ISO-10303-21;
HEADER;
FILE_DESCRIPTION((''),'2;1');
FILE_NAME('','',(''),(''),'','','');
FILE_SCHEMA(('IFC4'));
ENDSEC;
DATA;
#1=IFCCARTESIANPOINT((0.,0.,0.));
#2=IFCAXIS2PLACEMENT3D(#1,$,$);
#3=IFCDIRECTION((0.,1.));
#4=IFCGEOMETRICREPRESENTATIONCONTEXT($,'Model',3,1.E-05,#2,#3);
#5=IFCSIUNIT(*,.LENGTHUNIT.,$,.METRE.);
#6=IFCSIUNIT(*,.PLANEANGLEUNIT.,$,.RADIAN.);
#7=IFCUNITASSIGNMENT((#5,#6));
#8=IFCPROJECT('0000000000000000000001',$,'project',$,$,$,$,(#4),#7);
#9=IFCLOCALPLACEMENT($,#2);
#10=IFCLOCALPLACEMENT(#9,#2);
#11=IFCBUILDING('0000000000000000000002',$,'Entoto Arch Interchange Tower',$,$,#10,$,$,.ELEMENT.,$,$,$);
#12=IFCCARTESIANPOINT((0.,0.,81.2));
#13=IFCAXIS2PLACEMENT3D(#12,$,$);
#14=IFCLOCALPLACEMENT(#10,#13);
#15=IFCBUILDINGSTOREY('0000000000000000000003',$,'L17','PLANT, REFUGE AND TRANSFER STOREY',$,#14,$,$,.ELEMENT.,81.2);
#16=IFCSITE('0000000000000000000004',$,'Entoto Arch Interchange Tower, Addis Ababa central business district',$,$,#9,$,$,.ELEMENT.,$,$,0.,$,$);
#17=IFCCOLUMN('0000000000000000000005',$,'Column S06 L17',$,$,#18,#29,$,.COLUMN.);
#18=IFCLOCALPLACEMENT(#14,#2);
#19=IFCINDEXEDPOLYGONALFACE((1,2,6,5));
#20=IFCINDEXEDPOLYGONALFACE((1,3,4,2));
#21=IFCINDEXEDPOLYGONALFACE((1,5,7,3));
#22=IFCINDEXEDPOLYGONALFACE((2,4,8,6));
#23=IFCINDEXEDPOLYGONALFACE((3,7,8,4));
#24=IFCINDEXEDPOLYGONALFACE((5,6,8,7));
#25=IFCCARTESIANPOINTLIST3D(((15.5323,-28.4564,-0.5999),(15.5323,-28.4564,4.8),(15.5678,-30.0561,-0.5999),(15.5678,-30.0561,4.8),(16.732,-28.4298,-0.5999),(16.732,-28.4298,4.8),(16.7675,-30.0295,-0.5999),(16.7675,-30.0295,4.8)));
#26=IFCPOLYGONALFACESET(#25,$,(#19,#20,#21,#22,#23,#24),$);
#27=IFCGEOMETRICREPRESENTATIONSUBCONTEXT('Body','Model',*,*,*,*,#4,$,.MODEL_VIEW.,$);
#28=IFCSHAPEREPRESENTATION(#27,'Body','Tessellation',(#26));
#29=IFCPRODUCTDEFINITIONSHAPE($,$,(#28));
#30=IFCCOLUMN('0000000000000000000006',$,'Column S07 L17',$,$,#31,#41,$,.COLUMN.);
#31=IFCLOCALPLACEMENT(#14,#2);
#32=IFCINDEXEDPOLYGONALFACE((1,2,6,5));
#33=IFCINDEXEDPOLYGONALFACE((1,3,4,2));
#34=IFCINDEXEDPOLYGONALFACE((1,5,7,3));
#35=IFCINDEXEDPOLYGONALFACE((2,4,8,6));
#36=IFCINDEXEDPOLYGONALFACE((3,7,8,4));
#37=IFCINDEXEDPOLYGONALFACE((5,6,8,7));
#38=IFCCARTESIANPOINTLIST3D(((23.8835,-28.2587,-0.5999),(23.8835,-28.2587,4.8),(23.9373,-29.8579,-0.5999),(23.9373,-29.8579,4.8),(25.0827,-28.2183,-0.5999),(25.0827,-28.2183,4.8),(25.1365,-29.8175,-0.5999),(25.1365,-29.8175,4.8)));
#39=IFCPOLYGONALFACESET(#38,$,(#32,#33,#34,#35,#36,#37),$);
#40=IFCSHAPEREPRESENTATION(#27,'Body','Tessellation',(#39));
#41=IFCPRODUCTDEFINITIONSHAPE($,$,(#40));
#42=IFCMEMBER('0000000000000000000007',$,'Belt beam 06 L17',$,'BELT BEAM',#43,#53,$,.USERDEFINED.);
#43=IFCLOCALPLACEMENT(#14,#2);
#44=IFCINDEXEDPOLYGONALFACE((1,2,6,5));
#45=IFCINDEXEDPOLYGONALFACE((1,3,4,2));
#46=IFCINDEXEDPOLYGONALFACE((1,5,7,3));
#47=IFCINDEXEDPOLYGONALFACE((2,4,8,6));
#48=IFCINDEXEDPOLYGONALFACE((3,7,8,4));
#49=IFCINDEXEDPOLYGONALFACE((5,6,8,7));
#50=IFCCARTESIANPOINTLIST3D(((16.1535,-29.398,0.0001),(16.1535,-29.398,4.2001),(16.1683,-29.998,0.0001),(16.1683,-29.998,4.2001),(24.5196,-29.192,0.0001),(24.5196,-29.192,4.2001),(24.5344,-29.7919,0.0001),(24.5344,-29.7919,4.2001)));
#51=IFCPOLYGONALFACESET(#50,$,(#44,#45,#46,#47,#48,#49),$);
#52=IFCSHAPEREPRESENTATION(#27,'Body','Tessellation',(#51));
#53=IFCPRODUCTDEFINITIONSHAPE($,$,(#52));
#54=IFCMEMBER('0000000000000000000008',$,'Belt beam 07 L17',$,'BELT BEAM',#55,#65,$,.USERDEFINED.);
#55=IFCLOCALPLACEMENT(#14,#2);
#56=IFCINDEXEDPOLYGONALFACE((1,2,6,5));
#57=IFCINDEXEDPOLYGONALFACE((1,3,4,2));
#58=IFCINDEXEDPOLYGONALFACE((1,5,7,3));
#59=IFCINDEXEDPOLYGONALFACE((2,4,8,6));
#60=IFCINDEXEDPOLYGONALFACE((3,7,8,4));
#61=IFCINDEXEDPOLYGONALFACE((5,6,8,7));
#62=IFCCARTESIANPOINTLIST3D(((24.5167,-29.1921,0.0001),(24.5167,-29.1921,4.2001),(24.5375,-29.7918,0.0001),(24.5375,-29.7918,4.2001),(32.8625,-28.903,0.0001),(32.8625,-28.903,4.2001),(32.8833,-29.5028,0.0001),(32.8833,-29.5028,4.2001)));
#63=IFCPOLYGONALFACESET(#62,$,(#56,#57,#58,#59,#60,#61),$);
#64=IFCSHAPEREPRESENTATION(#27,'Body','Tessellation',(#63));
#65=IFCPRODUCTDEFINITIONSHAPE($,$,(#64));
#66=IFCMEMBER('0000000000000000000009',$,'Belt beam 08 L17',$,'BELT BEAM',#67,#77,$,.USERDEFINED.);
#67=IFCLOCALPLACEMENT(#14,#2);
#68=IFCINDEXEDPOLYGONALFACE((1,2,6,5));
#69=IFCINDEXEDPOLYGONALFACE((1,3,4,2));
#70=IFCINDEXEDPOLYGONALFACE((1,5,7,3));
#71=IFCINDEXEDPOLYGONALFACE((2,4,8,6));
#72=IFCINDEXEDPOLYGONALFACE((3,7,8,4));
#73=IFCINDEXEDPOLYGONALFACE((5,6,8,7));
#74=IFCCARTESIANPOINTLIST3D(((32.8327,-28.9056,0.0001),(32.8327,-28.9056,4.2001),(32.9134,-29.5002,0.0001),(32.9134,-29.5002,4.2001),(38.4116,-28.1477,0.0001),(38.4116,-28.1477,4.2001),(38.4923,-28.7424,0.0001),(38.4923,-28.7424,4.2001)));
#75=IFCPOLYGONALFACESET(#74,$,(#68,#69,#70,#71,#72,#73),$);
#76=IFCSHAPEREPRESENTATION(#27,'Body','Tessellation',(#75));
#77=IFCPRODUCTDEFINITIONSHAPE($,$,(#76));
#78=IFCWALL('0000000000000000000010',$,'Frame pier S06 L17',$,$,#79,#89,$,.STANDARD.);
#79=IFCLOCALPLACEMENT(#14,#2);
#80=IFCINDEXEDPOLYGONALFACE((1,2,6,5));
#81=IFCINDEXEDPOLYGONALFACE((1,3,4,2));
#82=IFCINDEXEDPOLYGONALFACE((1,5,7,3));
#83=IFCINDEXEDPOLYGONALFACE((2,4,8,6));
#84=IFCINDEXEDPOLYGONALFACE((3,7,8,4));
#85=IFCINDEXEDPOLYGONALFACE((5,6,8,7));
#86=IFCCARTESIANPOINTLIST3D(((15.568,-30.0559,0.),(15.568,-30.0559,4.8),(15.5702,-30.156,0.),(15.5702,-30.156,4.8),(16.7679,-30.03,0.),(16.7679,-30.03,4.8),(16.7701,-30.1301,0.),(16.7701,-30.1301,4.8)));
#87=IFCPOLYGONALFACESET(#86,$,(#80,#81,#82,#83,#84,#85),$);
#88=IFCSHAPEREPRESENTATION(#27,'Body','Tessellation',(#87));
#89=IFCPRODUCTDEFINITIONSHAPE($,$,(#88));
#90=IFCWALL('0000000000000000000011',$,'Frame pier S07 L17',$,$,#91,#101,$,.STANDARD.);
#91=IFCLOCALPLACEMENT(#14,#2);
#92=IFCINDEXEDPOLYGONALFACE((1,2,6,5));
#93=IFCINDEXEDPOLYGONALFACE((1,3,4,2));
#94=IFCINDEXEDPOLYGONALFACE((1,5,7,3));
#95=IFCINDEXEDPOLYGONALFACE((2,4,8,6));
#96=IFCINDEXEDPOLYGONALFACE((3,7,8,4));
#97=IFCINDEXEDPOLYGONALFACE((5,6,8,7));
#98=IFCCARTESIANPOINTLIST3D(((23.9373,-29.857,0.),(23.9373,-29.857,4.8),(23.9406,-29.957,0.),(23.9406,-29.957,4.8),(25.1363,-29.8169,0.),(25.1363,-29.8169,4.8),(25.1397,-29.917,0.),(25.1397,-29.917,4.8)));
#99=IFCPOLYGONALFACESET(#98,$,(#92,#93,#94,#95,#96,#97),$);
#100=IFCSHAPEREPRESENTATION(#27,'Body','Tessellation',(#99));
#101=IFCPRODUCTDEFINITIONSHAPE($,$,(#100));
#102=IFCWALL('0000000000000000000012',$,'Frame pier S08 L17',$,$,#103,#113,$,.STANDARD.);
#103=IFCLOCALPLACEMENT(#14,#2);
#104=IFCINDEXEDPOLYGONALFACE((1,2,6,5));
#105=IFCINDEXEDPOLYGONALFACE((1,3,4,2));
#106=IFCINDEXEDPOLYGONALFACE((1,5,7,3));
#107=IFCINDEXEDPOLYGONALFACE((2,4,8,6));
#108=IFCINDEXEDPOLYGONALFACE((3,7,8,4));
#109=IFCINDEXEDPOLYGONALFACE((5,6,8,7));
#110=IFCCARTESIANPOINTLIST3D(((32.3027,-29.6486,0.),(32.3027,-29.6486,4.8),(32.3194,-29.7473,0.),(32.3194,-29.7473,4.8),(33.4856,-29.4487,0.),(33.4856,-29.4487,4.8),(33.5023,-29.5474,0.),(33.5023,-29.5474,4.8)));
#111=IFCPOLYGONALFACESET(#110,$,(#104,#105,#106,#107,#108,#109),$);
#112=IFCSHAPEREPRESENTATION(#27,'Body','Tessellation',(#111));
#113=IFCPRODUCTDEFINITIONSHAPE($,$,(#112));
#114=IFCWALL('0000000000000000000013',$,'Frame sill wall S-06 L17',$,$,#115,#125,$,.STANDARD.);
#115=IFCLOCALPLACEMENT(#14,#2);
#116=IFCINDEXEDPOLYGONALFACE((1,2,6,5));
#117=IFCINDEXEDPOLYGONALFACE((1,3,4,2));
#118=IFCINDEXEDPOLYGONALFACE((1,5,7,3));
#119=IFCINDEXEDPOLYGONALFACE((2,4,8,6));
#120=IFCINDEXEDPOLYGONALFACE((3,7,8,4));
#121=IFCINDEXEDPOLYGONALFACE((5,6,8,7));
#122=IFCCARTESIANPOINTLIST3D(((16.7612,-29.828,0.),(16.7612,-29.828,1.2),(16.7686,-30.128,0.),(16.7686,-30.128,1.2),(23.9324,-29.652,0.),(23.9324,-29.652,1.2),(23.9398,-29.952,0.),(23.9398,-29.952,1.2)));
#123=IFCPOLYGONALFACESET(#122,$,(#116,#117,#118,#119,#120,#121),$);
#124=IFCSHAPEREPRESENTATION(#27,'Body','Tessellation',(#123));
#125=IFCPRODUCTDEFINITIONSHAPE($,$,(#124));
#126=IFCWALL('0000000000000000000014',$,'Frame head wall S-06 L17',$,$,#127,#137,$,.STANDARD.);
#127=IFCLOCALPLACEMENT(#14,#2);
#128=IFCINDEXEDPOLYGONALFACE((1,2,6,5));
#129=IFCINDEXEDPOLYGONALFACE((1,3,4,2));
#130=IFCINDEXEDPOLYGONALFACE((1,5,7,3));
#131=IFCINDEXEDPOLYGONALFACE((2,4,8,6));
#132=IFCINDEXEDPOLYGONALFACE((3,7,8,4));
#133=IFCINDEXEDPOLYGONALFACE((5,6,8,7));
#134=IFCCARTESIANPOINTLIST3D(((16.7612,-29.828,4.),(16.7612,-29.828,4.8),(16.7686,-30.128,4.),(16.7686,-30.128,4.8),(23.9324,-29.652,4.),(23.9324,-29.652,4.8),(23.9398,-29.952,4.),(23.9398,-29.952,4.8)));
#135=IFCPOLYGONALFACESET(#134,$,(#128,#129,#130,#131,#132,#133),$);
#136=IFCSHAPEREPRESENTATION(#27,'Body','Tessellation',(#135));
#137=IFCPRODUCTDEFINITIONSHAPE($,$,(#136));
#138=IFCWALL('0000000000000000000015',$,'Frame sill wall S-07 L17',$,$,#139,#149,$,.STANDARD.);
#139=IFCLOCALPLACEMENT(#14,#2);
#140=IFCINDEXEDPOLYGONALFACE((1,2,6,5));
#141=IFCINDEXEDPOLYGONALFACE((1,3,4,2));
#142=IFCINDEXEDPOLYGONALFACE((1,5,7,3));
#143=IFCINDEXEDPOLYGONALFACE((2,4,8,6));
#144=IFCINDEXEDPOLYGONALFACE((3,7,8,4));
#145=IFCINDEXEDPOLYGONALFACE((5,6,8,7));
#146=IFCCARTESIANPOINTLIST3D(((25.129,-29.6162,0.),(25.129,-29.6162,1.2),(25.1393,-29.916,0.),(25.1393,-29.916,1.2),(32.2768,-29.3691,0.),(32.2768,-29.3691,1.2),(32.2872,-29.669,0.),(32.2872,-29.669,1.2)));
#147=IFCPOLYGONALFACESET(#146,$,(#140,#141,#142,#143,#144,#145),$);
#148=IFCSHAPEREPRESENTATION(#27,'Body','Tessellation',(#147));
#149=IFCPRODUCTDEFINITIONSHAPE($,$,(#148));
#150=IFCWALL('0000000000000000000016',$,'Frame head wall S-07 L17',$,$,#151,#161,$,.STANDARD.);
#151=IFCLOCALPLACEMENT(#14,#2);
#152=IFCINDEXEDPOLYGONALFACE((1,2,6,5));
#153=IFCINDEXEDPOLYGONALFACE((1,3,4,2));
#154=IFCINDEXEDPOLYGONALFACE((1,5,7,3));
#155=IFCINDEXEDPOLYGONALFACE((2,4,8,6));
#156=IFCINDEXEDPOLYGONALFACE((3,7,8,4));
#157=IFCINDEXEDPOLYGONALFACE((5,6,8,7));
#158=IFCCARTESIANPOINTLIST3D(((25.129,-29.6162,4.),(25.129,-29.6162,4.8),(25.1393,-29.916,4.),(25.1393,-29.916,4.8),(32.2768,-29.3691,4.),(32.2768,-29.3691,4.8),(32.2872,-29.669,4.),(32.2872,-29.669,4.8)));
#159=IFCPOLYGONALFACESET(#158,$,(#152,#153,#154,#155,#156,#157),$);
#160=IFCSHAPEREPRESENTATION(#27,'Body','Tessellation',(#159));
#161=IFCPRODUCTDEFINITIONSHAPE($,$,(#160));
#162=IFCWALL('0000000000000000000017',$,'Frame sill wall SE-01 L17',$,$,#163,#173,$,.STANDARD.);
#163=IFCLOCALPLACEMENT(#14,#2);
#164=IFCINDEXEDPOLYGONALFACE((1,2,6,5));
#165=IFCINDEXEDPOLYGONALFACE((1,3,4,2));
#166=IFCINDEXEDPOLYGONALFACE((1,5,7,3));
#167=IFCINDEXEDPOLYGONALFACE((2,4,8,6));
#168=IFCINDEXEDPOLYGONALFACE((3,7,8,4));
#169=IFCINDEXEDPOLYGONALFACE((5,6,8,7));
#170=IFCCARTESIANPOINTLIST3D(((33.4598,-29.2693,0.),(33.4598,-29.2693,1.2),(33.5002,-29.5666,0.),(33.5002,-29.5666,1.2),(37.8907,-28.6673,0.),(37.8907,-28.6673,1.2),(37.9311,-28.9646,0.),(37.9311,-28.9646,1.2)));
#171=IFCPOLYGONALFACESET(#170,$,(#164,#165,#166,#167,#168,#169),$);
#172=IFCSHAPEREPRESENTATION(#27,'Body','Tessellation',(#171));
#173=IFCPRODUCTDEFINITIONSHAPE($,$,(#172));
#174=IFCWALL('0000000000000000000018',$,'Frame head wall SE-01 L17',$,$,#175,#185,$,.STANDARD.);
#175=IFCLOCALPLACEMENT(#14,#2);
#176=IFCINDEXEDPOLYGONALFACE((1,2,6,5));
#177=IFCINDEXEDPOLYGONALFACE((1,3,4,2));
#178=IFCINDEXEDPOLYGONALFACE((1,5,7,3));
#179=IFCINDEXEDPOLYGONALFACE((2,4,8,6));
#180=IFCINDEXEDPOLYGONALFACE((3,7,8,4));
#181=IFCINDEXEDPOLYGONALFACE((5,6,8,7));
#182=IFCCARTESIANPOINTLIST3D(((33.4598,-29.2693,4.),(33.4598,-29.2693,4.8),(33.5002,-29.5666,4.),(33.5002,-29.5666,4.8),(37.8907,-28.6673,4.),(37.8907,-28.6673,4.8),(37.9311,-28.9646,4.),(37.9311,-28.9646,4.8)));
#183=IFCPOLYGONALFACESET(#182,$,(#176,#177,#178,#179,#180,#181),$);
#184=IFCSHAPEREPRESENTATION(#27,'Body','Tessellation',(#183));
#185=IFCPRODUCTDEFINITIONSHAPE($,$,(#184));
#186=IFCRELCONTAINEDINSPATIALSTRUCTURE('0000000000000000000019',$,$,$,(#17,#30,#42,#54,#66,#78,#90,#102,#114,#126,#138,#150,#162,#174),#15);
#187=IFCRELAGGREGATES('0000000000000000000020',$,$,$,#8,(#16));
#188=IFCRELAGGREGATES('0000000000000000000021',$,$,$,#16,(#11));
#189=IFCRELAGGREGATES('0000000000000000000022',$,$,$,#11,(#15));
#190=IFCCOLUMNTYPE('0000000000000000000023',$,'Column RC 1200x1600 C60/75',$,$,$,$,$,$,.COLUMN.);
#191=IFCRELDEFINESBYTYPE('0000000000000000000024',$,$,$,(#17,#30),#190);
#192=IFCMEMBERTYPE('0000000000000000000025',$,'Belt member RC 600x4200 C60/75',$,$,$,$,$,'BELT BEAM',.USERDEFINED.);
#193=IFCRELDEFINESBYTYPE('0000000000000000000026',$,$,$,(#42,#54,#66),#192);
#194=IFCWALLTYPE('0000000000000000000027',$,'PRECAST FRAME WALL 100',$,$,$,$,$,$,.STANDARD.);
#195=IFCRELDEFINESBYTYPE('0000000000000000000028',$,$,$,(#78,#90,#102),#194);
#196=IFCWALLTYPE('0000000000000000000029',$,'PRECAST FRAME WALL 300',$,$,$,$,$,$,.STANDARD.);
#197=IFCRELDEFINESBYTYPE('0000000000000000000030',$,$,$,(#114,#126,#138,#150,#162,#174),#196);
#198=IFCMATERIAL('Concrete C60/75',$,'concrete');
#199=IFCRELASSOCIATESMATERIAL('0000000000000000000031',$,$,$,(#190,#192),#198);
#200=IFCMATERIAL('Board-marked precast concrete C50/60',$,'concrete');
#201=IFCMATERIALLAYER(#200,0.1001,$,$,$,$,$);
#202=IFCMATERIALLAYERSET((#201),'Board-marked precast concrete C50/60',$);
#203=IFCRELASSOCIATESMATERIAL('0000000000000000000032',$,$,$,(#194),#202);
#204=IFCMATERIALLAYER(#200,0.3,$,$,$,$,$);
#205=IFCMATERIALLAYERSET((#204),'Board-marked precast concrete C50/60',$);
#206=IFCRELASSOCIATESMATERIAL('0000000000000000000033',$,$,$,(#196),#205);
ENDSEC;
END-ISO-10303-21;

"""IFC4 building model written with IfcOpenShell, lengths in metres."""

from ifc_helpers import new_model, si_unit, direction, frame, frame_2d, origin, origin_2d, place, context, subcontext, project, spatial, rectangle, extrude, material, layer, layer_set, material_profile, profile_set, type_object, element, save


model = new_model("IFC4")

# Units and contexts
model_context = context("Model", 3, precision=1e-05, world=origin(), true_north=direction((0.0, 1.0)))
body_context = subcontext(model_context, "Body", "Model", "MODEL_VIEW")
ifc_project = project(units=[si_unit("LENGTHUNIT", "METRE"), si_unit("PLANEANGLEUNIT", "RADIAN")], contexts=[model_context])

# Site, building, storey
site_placement = place(None, origin())
site = spatial("IfcSite", under=ifc_project, at=site_placement, Name="Entoto Arch Interchange Tower, Addis Ababa central business district", CompositionType="ELEMENT", RefElevation=0.0)
building_placement = place(site_placement, origin())
building = spatial("IfcBuilding", under=site, at=building_placement, Name="Entoto Arch Interchange Tower", CompositionType="ELEMENT")
storey_placement = place(building_placement, frame((0.0, 0.0, 81.2)))
storey = spatial("IfcBuildingStorey", under=building, at=storey_placement, Name="L17", Description="PLANT, REFUGE AND TRANSFER STOREY", CompositionType="ELEMENT", Elevation=81.2)

# Columns
ifc_material_1 = material(Name="Concrete C60/75", Category="concrete")
ifc_material_profile_1 = material_profile(ifc_material_1, rectangle(XDim=1.2, YDim=1.6001, at=origin_2d()))
ifc_profile_set_1 = profile_set([ifc_material_profile_1], Name="Concrete C60/75")
column_type = type_object("IfcColumnType", Name="Column RC 1200x1600 C60/75", PredefinedType="COLUMN", material=ifc_profile_set_1)
for number, where, z_axis, x_axis, name in (
    (1, (16.1499, -29.2429, -0.5999), (0.0, 0.0, 1.0), (0.999754, 0.022164, 0.0), "Column S06 L17"),
    (2, (24.51, -29.0381, -0.5999), (0.0, 0.0, 1.0), (0.999434, 0.033626, 0.0), "Column S07 L17"),
):
    element("IfcColumn", number, at=place(storey_placement, frame(where, z_axis=z_axis, x_axis=x_axis)), inside=storey, type_object=column_type, Name=name, PredefinedType="COLUMN", context=body_context, shape_type="SweptSolid", body=[
        extrude(rectangle(XDim=1.2, YDim=1.6001, at=origin_2d()), origin(), (0.0, 0.0, 1.0), 5.3999),
    ])

# Members
ifc_material_profile_2 = material_profile(ifc_material_1, rectangle(XDim=0.6001, YDim=4.2, at=origin_2d()))
ifc_profile_set_2 = profile_set([ifc_material_profile_2], Name="Concrete C60/75")
member_type = type_object("IfcMemberType", Name="Belt member RC 600x4200 C60/75", ElementType="BELT BEAM", PredefinedType="USERDEFINED", material=ifc_profile_set_2)
member_1_placement = place(storey_placement, frame((16.1609, -29.698, 2.1001), z_axis=(0.999697, 0.024622, 0.0), x_axis=(-0.024622, 0.999697, 0.0)))
element("IfcMember", 3, at=member_1_placement, inside=storey, type_object=member_type, Name="Belt beam 06 L17", ObjectType="BELT BEAM", PredefinedType="USERDEFINED", context=body_context, shape_type="SweptSolid", body=[
    extrude(rectangle(XDim=0.6001, YDim=4.2, at=origin_2d()), origin(), (0.0, 0.0, 1.0), 8.3687),
])
member_2_placement = place(storey_placement, frame((24.5271, -29.4919, 2.1001), z_axis=(0.999401, 0.034614, 0.0), x_axis=(-0.034614, 0.999401, 0.0)))
element("IfcMember", 4, at=member_2_placement, inside=storey, type_object=member_type, Name="Belt beam 07 L17", ObjectType="BELT BEAM", PredefinedType="USERDEFINED", context=body_context, shape_type="SweptSolid", body=[
    extrude(rectangle(XDim=0.6001, YDim=4.2, at=origin_2d()), origin(), (0.0, 0.0, 1.0), 8.3508),
])
member_3_placement = place(storey_placement, frame((32.873, -29.2029, 2.1001), z_axis=(0.9909, 0.1346, 0.0), x_axis=(-0.1346, 0.9909, 0.0)))
element("IfcMember", 5, at=member_3_placement, inside=storey, type_object=member_type, Name="Belt beam 08 L17", ObjectType="BELT BEAM", PredefinedType="USERDEFINED", context=body_context, shape_type="SweptSolid", body=[
    extrude(rectangle(XDim=0.6001, YDim=4.2, at=origin_2d()), origin(), (0.0, 0.0, 1.0), 5.6301),
])

# Walls
ifc_material_2 = material(Name="Board-marked precast concrete C50/60", Category="concrete")
ifc_layer_1 = layer(ifc_material_2, 0.1001)
ifc_layer_set_1 = layer_set([ifc_layer_1], Name="Board-marked precast concrete C50/60")
wall_type_1 = type_object("IfcWallType", Name="PRECAST FRAME WALL 100", PredefinedType="STANDARD", material=ifc_layer_set_1)
wall_1_placement = place(storey_placement, frame((15.5691, -30.106, 0.0), z_axis=(0.0, 0.0, 1.0), x_axis=(0.999768, 0.021562, 0.0)))
element("IfcWall", 6, at=wall_1_placement, inside=storey, type_object=wall_type_1, Name="Frame pier S06 L17", PredefinedType="STANDARD", context=body_context, shape_type="SweptSolid", body=[
    extrude(rectangle(XDim=1.2002, YDim=0.1001, at=frame_2d((0.6001, 0.0))), origin(), (0.0, 0.0, 1.0), 4.8),
])
for number, where, z_axis, x_axis, name in (
    (7, (23.939, -29.907, 0.0), (0.0, 0.0, 1.0), (0.999443, 0.033376, 0.0), "Frame pier S07 L17"),
    (8, (32.311, -29.698, 0.0), (0.0, 0.0, 1.0), (0.986012, 0.166676, 0.0), "Frame pier S08 L17"),
):
    element("IfcWall", number, at=place(storey_placement, frame(where, z_axis=z_axis, x_axis=x_axis)), inside=storey, type_object=wall_type_1, Name=name, PredefinedType="STANDARD", context=body_context, shape_type="SweptSolid", body=[
        extrude(rectangle(XDim=1.1997, YDim=0.1001, at=frame_2d((0.5999, 0.0))), origin(), (0.0, 0.0, 1.0), 4.8),
    ])
ifc_layer_2 = layer(ifc_material_2, 0.3)
ifc_layer_set_2 = layer_set([ifc_layer_2], Name="Board-marked precast concrete C50/60")
wall_type_2 = type_object("IfcWallType", Name="PRECAST FRAME WALL 300", PredefinedType="STANDARD", material=ifc_layer_set_2)
wall_2_placement = place(storey_placement, frame((16.7649, -29.978, 0.0), z_axis=(0.0, 0.0, 1.0), x_axis=(0.999699, 0.024539, 0.0)))
element("IfcWall", 9, at=wall_2_placement, inside=storey, type_object=wall_type_2, Name="Frame sill wall S-06 L17", PredefinedType="STANDARD", context=body_context, shape_type="SweptSolid", body=[
    extrude(rectangle(XDim=7.1733, YDim=0.3, at=frame_2d((3.5867, 0.0))), origin(), (0.0, 0.0, 1.0), 1.2),
])
wall_3_placement = place(storey_placement, frame((16.7649, -29.978, 4.0), z_axis=(0.0, 0.0, 1.0), x_axis=(0.999699, 0.024539, 0.0)))
element("IfcWall", 10, at=wall_3_placement, inside=storey, type_object=wall_type_2, Name="Frame head wall S-06 L17", PredefinedType="STANDARD", context=body_context, shape_type="SweptSolid", body=[
    extrude(rectangle(XDim=7.1733, YDim=0.3, at=frame_2d((3.5867, 0.0))), origin(), (0.0, 0.0, 1.0), 0.8),
])
wall_4_placement = place(storey_placement, frame((25.134, -29.7661, 0.0), z_axis=(0.0, 0.0, 1.0), x_axis=(0.999403, 0.034545, 0.0)))
element("IfcWall", 11, at=wall_4_placement, inside=storey, type_object=wall_type_2, Name="Frame sill wall S-07 L17", PredefinedType="STANDARD", context=body_context, shape_type="SweptSolid", body=[
    extrude(rectangle(XDim=7.1521, YDim=0.3, at=frame_2d((3.5762, 0.0))), origin(), (0.0, 0.0, 1.0), 1.2),
])
wall_5_placement = place(storey_placement, frame((25.134, -29.7661, 4.0), z_axis=(0.0, 0.0, 1.0), x_axis=(0.999403, 0.034545, 0.0)))
element("IfcWall", 12, at=wall_5_placement, inside=storey, type_object=wall_type_2, Name="Frame head wall S-07 L17", PredefinedType="STANDARD", context=body_context, shape_type="SweptSolid", body=[
    extrude(rectangle(XDim=7.1521, YDim=0.3, at=frame_2d((3.5762, 0.0))), origin(), (0.0, 0.0, 1.0), 0.8),
])
wall_6_placement = place(storey_placement, frame((33.48, -29.418, 0.0), z_axis=(0.0, 0.0, 1.0), x_axis=(0.990895, 0.134638, 0.0)))
element("IfcWall", 13, at=wall_6_placement, inside=storey, type_object=wall_type_2, Name="Frame sill wall SE-01 L17", PredefinedType="STANDARD", context=body_context, shape_type="SweptSolid", body=[
    extrude(rectangle(XDim=4.4717, YDim=0.3, at=frame_2d((2.2358, 0.0))), origin(), (0.0, 0.0, 1.0), 1.2),
])
wall_7_placement = place(storey_placement, frame((33.48, -29.418, 4.0), z_axis=(0.0, 0.0, 1.0), x_axis=(0.990895, 0.134638, 0.0)))
element("IfcWall", 14, at=wall_7_placement, inside=storey, type_object=wall_type_2, Name="Frame head wall SE-01 L17", PredefinedType="STANDARD", context=body_context, shape_type="SweptSolid", body=[
    extrude(rectangle(XDim=4.4717, YDim=0.3, at=frame_2d((2.2358, 0.0))), origin(), (0.0, 0.0, 1.0), 0.8),
])

save(model, "model.ifc")
